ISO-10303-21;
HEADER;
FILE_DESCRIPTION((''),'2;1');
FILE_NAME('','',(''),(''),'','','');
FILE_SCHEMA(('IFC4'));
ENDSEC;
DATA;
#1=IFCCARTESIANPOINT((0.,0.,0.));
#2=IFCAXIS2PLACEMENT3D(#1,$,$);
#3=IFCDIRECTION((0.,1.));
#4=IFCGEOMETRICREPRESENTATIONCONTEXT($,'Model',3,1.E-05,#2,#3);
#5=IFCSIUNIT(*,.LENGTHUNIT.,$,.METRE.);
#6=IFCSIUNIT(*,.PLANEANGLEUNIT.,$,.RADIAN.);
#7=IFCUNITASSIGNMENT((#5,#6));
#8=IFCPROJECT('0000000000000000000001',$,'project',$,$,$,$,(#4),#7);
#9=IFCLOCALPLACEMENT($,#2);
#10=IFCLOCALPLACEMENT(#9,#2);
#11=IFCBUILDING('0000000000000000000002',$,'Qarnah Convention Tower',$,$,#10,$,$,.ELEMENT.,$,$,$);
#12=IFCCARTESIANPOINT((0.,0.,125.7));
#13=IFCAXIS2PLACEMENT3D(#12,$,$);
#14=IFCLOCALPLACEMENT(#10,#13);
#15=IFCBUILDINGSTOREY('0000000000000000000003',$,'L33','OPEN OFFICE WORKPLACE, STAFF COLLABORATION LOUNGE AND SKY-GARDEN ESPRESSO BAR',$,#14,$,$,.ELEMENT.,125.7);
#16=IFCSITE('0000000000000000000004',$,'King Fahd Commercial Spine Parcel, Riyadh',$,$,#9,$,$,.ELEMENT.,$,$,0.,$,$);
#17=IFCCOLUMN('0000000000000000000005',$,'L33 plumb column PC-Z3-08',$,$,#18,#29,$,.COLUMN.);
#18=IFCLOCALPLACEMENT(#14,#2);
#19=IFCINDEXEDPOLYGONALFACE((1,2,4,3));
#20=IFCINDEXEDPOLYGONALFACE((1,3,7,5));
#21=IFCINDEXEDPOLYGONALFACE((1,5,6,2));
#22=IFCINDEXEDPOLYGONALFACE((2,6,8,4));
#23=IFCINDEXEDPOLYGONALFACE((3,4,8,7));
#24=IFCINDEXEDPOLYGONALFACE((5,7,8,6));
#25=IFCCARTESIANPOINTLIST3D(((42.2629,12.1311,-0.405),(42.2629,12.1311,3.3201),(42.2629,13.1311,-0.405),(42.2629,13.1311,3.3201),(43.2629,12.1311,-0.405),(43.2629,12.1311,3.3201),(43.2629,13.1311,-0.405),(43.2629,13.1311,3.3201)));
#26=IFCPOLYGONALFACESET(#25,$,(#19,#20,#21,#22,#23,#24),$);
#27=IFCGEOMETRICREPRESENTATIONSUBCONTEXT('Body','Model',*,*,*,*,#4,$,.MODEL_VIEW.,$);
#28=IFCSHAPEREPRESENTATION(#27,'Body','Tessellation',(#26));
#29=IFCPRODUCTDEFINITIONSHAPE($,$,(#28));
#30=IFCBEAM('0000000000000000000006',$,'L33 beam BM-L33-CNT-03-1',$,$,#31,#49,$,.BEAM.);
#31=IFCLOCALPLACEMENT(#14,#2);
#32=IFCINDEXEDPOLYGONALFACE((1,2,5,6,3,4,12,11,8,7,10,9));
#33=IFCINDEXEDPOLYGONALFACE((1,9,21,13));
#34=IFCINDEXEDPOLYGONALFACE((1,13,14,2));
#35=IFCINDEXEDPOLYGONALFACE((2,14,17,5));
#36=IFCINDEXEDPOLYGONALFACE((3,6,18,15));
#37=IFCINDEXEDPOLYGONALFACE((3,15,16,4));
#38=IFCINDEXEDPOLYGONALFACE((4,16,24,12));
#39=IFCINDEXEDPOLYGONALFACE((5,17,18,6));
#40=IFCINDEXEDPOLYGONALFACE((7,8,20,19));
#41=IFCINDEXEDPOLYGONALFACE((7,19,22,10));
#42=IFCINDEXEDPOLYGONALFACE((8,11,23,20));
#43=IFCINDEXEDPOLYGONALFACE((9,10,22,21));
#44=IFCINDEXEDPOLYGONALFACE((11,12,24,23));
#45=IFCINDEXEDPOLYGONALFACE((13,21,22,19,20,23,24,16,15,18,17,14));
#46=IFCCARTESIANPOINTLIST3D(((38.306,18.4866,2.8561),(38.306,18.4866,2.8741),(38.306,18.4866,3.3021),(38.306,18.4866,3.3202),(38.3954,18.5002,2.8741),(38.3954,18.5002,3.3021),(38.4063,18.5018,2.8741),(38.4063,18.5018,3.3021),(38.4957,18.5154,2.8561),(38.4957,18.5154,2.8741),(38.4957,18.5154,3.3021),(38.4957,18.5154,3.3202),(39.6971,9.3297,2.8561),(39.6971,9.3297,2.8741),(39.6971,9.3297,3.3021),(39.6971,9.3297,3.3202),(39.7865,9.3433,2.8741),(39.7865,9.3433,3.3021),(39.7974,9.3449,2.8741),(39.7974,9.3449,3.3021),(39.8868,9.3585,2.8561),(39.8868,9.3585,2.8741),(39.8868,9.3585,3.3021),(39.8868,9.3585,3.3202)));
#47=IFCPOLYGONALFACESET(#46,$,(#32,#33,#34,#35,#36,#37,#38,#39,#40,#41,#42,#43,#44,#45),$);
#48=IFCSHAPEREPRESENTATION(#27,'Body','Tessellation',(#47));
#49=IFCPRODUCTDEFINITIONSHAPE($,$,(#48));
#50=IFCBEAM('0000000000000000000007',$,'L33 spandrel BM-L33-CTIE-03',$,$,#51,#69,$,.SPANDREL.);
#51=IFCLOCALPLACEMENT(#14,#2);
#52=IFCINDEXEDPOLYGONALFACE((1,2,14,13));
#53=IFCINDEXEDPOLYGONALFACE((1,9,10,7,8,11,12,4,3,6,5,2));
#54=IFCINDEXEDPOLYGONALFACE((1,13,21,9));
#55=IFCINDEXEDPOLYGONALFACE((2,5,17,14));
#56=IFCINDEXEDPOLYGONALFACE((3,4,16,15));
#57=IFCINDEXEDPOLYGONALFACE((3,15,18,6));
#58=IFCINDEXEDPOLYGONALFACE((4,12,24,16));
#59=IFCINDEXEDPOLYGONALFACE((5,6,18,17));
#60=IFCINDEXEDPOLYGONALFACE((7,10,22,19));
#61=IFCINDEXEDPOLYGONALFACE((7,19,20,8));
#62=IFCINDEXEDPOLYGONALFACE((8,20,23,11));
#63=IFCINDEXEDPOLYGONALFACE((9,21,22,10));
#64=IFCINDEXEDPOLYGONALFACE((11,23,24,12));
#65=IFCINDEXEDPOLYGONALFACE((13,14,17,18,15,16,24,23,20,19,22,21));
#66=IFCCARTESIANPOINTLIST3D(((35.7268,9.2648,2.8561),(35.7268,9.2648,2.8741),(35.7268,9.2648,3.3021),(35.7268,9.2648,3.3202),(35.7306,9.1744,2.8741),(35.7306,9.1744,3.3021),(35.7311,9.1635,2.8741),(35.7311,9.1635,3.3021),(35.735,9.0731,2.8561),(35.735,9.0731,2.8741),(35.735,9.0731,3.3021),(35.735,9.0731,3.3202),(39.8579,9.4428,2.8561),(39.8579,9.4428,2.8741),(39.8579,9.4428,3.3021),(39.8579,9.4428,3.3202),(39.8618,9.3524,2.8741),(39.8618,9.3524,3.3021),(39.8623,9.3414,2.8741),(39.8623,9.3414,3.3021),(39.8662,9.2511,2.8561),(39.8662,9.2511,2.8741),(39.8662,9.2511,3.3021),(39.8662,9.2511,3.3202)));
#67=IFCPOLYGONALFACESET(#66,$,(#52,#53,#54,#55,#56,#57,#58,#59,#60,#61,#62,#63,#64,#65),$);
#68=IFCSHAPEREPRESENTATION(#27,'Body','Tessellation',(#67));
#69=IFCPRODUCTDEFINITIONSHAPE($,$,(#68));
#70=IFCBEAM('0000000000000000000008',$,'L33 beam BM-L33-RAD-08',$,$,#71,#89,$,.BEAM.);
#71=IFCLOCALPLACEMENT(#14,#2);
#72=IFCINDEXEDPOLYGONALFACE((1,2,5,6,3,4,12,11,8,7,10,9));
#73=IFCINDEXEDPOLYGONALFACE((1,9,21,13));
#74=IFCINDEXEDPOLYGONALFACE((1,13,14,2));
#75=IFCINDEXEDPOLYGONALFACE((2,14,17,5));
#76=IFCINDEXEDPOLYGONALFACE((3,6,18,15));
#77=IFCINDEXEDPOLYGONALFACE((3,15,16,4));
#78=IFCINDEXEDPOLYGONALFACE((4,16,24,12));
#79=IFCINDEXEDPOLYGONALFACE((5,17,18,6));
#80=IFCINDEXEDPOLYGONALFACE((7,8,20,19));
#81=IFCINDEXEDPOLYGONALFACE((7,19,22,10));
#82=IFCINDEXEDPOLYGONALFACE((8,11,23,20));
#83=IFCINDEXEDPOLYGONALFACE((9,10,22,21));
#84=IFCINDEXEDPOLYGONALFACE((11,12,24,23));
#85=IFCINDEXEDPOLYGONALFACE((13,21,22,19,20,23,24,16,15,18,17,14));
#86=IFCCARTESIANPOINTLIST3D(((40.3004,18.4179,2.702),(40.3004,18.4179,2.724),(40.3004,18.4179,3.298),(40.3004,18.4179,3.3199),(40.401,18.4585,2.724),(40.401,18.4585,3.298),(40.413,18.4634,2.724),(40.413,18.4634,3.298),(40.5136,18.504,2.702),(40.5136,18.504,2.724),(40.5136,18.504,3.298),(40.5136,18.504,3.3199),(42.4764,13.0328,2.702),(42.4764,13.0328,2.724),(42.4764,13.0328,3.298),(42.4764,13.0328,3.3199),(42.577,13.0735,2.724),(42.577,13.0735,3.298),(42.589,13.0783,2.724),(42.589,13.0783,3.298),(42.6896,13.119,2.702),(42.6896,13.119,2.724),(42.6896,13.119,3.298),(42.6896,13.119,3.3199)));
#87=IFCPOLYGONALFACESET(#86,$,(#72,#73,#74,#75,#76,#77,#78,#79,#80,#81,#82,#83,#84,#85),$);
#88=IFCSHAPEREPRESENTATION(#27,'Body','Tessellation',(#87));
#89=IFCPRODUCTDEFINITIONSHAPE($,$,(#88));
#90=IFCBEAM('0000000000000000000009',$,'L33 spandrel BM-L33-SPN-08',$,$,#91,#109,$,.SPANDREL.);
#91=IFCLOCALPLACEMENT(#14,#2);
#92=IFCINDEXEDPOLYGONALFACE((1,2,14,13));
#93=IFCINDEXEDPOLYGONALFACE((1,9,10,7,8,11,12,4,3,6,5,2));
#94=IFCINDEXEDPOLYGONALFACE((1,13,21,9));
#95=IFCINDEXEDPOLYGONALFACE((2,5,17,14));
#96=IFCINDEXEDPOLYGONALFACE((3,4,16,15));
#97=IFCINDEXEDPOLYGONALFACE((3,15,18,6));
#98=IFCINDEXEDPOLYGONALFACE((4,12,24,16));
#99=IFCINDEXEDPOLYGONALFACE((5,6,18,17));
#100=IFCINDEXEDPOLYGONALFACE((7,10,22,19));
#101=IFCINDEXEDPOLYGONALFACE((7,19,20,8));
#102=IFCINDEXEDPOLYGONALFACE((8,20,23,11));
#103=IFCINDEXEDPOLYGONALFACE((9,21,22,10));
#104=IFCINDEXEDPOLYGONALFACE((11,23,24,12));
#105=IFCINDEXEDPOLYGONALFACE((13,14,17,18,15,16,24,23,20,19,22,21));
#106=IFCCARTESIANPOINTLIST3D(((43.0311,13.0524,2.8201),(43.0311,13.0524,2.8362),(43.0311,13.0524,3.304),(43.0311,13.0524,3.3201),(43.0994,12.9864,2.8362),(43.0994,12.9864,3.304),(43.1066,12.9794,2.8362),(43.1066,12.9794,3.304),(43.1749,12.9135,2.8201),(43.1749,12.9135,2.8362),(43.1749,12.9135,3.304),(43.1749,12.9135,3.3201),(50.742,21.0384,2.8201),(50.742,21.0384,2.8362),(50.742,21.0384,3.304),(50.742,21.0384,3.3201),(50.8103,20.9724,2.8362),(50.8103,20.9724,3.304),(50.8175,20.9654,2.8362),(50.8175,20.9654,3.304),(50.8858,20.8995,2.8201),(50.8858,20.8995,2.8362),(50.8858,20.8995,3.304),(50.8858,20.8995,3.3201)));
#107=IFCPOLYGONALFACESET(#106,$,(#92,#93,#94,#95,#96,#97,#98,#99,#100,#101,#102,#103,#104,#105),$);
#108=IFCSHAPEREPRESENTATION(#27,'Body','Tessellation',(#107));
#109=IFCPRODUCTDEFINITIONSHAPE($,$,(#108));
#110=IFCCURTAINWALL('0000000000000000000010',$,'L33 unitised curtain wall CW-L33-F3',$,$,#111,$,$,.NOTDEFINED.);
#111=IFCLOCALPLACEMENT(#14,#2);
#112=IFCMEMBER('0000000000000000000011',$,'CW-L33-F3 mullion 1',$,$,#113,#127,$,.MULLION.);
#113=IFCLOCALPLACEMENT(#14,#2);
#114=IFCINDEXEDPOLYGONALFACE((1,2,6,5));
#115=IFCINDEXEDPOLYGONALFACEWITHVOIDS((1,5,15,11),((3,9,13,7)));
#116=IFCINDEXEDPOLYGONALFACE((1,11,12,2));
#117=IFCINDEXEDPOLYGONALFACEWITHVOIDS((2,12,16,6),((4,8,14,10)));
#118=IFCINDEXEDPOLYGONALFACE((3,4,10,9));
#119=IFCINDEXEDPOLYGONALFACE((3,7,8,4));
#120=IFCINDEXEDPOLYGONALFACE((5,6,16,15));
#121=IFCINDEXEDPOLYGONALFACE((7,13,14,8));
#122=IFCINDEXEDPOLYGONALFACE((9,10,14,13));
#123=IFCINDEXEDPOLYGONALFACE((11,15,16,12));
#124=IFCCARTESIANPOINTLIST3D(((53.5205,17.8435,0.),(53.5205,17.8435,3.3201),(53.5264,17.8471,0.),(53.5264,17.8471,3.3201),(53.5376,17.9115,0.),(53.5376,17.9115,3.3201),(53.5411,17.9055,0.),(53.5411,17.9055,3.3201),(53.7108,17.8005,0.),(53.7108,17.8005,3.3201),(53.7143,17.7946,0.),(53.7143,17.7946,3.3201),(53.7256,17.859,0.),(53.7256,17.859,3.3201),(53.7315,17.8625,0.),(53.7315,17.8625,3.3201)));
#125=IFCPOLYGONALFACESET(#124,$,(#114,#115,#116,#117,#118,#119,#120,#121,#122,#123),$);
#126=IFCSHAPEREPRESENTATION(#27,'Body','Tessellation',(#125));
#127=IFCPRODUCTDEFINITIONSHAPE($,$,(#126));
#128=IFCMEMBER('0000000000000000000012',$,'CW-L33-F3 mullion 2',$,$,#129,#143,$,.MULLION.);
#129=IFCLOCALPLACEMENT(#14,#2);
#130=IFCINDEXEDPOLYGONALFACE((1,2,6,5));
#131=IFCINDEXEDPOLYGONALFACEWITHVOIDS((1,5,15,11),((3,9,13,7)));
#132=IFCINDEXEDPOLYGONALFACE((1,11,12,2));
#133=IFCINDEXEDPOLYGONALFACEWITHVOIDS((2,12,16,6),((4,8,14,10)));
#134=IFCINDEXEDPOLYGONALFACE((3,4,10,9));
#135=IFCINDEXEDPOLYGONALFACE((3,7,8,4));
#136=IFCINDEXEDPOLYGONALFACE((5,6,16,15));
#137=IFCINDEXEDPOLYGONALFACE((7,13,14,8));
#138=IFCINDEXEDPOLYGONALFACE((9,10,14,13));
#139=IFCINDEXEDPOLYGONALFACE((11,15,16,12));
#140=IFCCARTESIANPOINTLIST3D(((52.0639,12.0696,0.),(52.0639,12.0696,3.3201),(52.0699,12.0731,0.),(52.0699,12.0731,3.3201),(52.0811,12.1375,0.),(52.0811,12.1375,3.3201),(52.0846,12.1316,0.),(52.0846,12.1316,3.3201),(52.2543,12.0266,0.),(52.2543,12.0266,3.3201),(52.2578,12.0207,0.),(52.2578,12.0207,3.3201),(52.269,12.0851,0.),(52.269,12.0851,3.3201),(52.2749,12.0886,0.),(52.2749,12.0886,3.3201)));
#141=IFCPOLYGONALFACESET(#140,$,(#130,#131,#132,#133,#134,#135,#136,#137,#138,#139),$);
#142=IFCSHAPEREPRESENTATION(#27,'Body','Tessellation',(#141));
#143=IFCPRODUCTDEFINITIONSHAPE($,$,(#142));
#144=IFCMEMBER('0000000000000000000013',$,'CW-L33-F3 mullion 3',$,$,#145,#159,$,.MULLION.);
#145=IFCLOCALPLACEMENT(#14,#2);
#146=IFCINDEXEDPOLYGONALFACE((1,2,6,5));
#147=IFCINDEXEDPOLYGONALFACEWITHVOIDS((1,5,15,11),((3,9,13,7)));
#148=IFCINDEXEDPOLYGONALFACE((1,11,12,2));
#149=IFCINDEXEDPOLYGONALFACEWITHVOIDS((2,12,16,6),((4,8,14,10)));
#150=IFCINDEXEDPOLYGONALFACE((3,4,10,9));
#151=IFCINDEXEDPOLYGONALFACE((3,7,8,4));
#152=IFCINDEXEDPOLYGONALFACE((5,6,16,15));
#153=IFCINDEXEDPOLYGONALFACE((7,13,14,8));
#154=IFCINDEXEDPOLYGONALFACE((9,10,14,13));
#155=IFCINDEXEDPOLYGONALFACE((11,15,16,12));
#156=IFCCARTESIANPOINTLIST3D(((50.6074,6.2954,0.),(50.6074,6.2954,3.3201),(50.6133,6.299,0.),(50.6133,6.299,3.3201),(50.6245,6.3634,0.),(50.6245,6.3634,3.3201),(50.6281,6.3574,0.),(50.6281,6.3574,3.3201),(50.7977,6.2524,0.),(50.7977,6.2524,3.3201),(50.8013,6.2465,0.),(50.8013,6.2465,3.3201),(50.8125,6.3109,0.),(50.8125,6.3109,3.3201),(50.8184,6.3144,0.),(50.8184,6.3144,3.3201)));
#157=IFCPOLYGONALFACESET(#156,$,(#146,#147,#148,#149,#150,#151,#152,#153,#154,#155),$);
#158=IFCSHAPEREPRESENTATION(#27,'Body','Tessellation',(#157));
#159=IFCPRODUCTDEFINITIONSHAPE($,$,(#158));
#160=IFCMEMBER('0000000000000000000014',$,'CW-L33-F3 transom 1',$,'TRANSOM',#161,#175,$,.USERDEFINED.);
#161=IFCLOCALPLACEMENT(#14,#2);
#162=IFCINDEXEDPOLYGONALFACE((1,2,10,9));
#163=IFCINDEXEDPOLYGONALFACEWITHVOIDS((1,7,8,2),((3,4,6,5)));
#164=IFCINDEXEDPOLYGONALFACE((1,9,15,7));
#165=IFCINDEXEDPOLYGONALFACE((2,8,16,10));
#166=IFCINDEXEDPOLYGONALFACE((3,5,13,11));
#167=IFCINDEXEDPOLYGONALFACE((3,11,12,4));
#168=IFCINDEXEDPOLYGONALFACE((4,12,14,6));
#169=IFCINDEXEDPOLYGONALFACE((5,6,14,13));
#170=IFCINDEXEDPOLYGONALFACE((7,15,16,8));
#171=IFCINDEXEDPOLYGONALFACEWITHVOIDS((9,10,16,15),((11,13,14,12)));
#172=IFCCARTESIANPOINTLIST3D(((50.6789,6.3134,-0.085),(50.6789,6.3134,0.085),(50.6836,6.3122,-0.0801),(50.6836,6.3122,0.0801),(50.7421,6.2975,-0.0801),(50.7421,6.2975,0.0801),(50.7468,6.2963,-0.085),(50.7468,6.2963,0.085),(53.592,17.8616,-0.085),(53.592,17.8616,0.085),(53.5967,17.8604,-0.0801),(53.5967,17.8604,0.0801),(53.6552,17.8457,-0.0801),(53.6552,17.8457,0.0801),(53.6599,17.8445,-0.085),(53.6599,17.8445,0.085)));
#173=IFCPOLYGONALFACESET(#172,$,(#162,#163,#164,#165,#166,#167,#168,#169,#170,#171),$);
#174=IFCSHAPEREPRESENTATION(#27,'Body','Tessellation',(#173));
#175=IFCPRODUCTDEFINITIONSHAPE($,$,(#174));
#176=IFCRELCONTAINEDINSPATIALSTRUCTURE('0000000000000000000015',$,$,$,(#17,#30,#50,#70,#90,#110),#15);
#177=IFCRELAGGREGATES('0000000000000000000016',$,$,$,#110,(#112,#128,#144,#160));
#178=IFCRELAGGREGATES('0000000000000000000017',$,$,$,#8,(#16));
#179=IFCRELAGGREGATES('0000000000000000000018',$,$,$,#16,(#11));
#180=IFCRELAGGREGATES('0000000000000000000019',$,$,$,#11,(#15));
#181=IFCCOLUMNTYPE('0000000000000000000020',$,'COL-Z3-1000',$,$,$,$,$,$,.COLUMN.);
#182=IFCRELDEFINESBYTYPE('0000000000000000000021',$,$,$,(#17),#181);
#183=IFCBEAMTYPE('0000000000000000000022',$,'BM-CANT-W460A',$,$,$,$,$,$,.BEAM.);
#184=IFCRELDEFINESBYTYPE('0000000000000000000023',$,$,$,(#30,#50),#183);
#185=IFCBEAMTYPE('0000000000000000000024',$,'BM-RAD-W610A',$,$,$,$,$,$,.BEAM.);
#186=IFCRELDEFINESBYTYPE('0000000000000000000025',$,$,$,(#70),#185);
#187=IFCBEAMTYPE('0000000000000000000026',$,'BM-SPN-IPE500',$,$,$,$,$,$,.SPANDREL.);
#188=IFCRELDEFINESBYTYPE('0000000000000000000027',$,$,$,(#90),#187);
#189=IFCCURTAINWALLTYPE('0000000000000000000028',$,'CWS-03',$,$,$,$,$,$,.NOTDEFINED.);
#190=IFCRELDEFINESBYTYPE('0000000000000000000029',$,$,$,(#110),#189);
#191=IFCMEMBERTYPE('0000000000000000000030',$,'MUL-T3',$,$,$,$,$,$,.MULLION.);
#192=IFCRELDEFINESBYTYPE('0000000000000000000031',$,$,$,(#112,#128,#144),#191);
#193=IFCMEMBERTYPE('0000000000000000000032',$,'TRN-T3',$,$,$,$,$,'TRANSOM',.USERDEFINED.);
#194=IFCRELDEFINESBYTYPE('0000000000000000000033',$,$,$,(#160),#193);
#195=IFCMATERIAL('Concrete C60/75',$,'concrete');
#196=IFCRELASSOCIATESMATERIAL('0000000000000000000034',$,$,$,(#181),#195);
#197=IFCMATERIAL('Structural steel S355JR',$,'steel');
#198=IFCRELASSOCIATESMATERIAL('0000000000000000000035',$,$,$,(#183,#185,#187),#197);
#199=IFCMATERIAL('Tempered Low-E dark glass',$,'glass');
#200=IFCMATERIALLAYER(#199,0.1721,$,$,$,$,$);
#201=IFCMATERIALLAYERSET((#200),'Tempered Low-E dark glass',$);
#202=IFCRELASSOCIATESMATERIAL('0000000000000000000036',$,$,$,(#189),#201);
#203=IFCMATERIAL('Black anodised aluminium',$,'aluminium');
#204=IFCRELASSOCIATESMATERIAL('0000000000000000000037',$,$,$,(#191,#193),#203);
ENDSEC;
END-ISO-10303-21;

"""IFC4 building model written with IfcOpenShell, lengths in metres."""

from ifc_helpers import new_model, si_unit, direction, frame, origin, origin_2d, place, context, subcontext, project, spatial, rectangle, hollow_rectangle, i_section, extrude, material, layer, layer_set, material_profile, profile_set, type_object, element, aggregate, save


model = new_model("IFC4")

# Units and contexts
model_context = context("Model", 3, precision=1e-05, world=origin(), true_north=direction((0.0, 1.0)))
body_context = subcontext(model_context, "Body", "Model", "MODEL_VIEW")
ifc_project = project(units=[si_unit("LENGTHUNIT", "METRE"), si_unit("PLANEANGLEUNIT", "RADIAN")], contexts=[model_context])

# Site, building, storey
site_placement = place(None, origin())
site = spatial("IfcSite", under=ifc_project, at=site_placement, Name="King Fahd Commercial Spine Parcel, Riyadh", CompositionType="ELEMENT", RefElevation=0.0)
building_placement = place(site_placement, origin())
building = spatial("IfcBuilding", under=site, at=building_placement, Name="Qarnah Convention Tower", CompositionType="ELEMENT")
storey_placement = place(building_placement, frame((0.0, 0.0, 125.7)))
storey = spatial("IfcBuildingStorey", under=building, at=storey_placement, Name="L33", Description="OPEN OFFICE WORKPLACE, STAFF COLLABORATION LOUNGE AND SKY-GARDEN ESPRESSO BAR", CompositionType="ELEMENT", Elevation=125.7)

# Column
ifc_material_1 = material(Name="Concrete C60/75", Category="concrete")
ifc_material_profile_1 = material_profile(ifc_material_1, rectangle(XDim=1.0, YDim=1.0, at=origin_2d()), Name="RC-COL-1000X1000")
ifc_profile_set_1 = profile_set([ifc_material_profile_1], Name="Concrete C60/75")
column_type = type_object("IfcColumnType", Name="COL-Z3-1000", PredefinedType="COLUMN", material=ifc_profile_set_1)
column_placement = place(storey_placement, frame((42.7629, 12.6311, -0.405), z_axis=(0.0, 0.0, 1.0), x_axis=(1.0, 0.0, 0.0)))
element("IfcColumn", 1, at=column_placement, inside=storey, type_object=column_type, Name="L33 plumb column PC-Z3-08", PredefinedType="COLUMN", context=body_context, shape_type="SweptSolid", body=[
    extrude(rectangle(XDim=1.0, YDim=1.0, at=origin_2d()), origin(), (0.0, 0.0, 1.0), 3.7251),
])

# Beams
ifc_material_2 = material(Name="Structural steel S355JR", Category="steel")
ifc_material_profile_2 = material_profile(ifc_material_2, i_section(OverallWidth=0.1919, OverallDepth=0.4641, WebThickness=0.011, FlangeThickness=0.0181, at=origin_2d()), Name="W460X89")
ifc_profile_set_2 = profile_set([ifc_material_profile_2], Name="Structural steel S355JR")
beam_type_1 = type_object("IfcBeamType", Name="BM-CANT-W460A", PredefinedType="BEAM", material=ifc_profile_set_2)
beam_1_placement = place(storey_placement, frame((38.4009, 18.501, 3.0881), z_axis=(0.150195, -0.988656, 0.0), x_axis=(0.988656, 0.150195, 0.0)))
element("IfcBeam", 2, at=beam_1_placement, inside=storey, type_object=beam_type_1, Name="L33 beam BM-L33-CNT-03-1", PredefinedType="BEAM", context=body_context, shape_type="SweptSolid", body=[
    extrude(i_section(OverallWidth=0.1919, OverallDepth=0.4641, WebThickness=0.011, FlangeThickness=0.0181, at=origin_2d()), origin(), (0.0, 0.0, 1.0), 9.262),
])
beam_2_placement = place(storey_placement, frame((39.8621, 9.3469, 3.0881), z_axis=(-0.999073, -0.043043, 0.0), x_axis=(0.043043, -0.999073, 0.0)))
element("IfcBeam", 3, at=beam_2_placement, inside=storey, type_object=beam_type_1, Name="L33 spandrel BM-L33-CTIE-03", PredefinedType="SPANDREL", context=body_context, shape_type="SweptSolid", body=[
    extrude(i_section(OverallWidth=0.1919, OverallDepth=0.4641, WebThickness=0.011, FlangeThickness=0.0181, at=origin_2d()), origin(), (0.0, 0.0, 1.0), 4.135),
])
ifc_material_profile_3 = material_profile(ifc_material_2, i_section(OverallWidth=0.23, OverallDepth=0.6179, WebThickness=0.0129, FlangeThickness=0.022, at=origin_2d()), Name="W610X140")
ifc_profile_set_3 = profile_set([ifc_material_profile_3], Name="Structural steel S355JR")
beam_type_2 = type_object("IfcBeamType", Name="BM-RAD-W610A", PredefinedType="BEAM", material=ifc_profile_set_3)
beam_3_placement = place(storey_placement, frame((40.407, 18.4609, 3.011), z_axis=(0.374657, -0.927164, 0.0), x_axis=(0.927164, 0.374657, 0.0)))
element("IfcBeam", 4, at=beam_3_placement, inside=storey, type_object=beam_type_2, Name="L33 beam BM-L33-RAD-08", PredefinedType="BEAM", context=body_context, shape_type="SweptSolid", body=[
    extrude(i_section(OverallWidth=0.23, OverallDepth=0.6179, WebThickness=0.0129, FlangeThickness=0.022, at=origin_2d()), origin(), (0.0, 0.0, 1.0), 5.8081),
])
ifc_material_profile_4 = material_profile(ifc_material_2, i_section(OverallWidth=0.2, OverallDepth=0.5, WebThickness=0.01, FlangeThickness=0.0161, at=origin_2d()), Name="IPE500")
ifc_profile_set_4 = profile_set([ifc_material_profile_4], Name="Structural steel S355JR")
beam_type_3 = type_object("IfcBeamType", Name="BM-SPN-IPE500", PredefinedType="SPANDREL", material=ifc_profile_set_4)
beam_4_placement = place(storey_placement, frame((43.103, 12.9829, 3.0701), z_axis=(0.694606, 0.719391, 0.0), x_axis=(-0.719391, 0.694606, 0.0)))
element("IfcBeam", 5, at=beam_4_placement, inside=storey, type_object=beam_type_3, Name="L33 spandrel BM-L33-SPN-08", PredefinedType="SPANDREL", context=body_context, shape_type="SweptSolid", body=[
    extrude(i_section(OverallWidth=0.2, OverallDepth=0.5, WebThickness=0.01, FlangeThickness=0.0161, at=origin_2d()), origin(), (0.0, 0.0, 1.0), 11.1011),
])

# Curtain wall, members
ifc_material_3 = material(Name="Tempered Low-E dark glass", Category="glass")
ifc_layer_1 = layer(ifc_material_3, 0.1721)
ifc_layer_set_1 = layer_set([ifc_layer_1], Name="Tempered Low-E dark glass")
curtain_wall_type = type_object("IfcCurtainWallType", Name="CWS-03", PredefinedType="NOTDEFINED", material=ifc_layer_set_1)
curtain_wall_placement = place(storey_placement, origin())
curtain_wall = element("IfcCurtainWall", 6, at=curtain_wall_placement, inside=storey, type_object=curtain_wall_type, Name="L33 unitised curtain wall CW-L33-F3", PredefinedType="NOTDEFINED")
ifc_material_4 = material(Name="Black anodised aluminium", Category="aluminium")
ifc_material_profile_5 = material_profile(ifc_material_4, hollow_rectangle(XDim=0.0701, YDim=0.2, WallThickness=0.0049, at=origin_2d()), Name="MUL-70X200")
ifc_profile_set_5 = profile_set([ifc_material_profile_5], Name="Black anodised aluminium")
member_type_1 = type_object("IfcMemberType", Name="MUL-T3", PredefinedType="MULLION", material=ifc_profile_set_5)
member_1_placement = place(storey_placement, frame((53.626, 17.853, 0.0), z_axis=(0.0, 0.0, 1.0), x_axis=(-0.24459, -0.969627, 0.0)))
member_1 = element("IfcMember", 7, at=member_1_placement, type_object=member_type_1, Name="CW-L33-F3 mullion 1", PredefinedType="MULLION", context=body_context, shape_type="SweptSolid", body=[
    extrude(hollow_rectangle(XDim=0.0701, YDim=0.2, WallThickness=0.0049, at=origin_2d()), origin(), (0.0, 0.0, 1.0), 3.3201),
])
member_2_placement = place(storey_placement, frame((52.1694, 12.0791, 0.0), z_axis=(0.0, 0.0, 1.0), x_axis=(-0.24459, -0.969627, 0.0)))
member_2 = element("IfcMember", 8, at=member_2_placement, type_object=member_type_1, Name="CW-L33-F3 mullion 2", PredefinedType="MULLION", context=body_context, shape_type="SweptSolid", body=[
    extrude(hollow_rectangle(XDim=0.0701, YDim=0.2, WallThickness=0.0049, at=origin_2d()), origin(), (0.0, 0.0, 1.0), 3.3201),
])
member_3_placement = place(storey_placement, frame((50.7129, 6.3049, 0.0), z_axis=(0.0, 0.0, 1.0), x_axis=(-0.24459, -0.969627, 0.0)))
member_3 = element("IfcMember", 9, at=member_3_placement, type_object=member_type_1, Name="CW-L33-F3 mullion 3", PredefinedType="MULLION", context=body_context, shape_type="SweptSolid", body=[
    extrude(hollow_rectangle(XDim=0.0701, YDim=0.2, WallThickness=0.0049, at=origin_2d()), origin(), (0.0, 0.0, 1.0), 3.3201),
])
ifc_material_profile_6 = material_profile(ifc_material_4, hollow_rectangle(XDim=0.0701, YDim=0.1699, WallThickness=0.0049, at=origin_2d()), Name="TRN-70X170")
ifc_profile_set_6 = profile_set([ifc_material_profile_6], Name="Black anodised aluminium")
member_type_2 = type_object("IfcMemberType", Name="TRN-T3", ElementType="TRANSOM", PredefinedType="USERDEFINED", material=ifc_profile_set_6)
member_4_placement = place(storey_placement, frame((53.626, 17.853, 0.0), z_axis=(-0.244595, -0.969625, 0.0), x_axis=(0.969625, -0.244595, 0.0)))
member_4 = element("IfcMember", 10, at=member_4_placement, type_object=member_type_2, Name="CW-L33-F3 transom 1", ObjectType="TRANSOM", PredefinedType="USERDEFINED", context=body_context, shape_type="SweptSolid", body=[
    extrude(hollow_rectangle(XDim=0.0701, YDim=0.1699, WallThickness=0.0049, at=origin_2d()), origin(), (0.0, 0.0, 1.0), 11.9099),
])
aggregate(curtain_wall, [member_1, member_2, member_3, member_4])

save(model, "model.ifc")
